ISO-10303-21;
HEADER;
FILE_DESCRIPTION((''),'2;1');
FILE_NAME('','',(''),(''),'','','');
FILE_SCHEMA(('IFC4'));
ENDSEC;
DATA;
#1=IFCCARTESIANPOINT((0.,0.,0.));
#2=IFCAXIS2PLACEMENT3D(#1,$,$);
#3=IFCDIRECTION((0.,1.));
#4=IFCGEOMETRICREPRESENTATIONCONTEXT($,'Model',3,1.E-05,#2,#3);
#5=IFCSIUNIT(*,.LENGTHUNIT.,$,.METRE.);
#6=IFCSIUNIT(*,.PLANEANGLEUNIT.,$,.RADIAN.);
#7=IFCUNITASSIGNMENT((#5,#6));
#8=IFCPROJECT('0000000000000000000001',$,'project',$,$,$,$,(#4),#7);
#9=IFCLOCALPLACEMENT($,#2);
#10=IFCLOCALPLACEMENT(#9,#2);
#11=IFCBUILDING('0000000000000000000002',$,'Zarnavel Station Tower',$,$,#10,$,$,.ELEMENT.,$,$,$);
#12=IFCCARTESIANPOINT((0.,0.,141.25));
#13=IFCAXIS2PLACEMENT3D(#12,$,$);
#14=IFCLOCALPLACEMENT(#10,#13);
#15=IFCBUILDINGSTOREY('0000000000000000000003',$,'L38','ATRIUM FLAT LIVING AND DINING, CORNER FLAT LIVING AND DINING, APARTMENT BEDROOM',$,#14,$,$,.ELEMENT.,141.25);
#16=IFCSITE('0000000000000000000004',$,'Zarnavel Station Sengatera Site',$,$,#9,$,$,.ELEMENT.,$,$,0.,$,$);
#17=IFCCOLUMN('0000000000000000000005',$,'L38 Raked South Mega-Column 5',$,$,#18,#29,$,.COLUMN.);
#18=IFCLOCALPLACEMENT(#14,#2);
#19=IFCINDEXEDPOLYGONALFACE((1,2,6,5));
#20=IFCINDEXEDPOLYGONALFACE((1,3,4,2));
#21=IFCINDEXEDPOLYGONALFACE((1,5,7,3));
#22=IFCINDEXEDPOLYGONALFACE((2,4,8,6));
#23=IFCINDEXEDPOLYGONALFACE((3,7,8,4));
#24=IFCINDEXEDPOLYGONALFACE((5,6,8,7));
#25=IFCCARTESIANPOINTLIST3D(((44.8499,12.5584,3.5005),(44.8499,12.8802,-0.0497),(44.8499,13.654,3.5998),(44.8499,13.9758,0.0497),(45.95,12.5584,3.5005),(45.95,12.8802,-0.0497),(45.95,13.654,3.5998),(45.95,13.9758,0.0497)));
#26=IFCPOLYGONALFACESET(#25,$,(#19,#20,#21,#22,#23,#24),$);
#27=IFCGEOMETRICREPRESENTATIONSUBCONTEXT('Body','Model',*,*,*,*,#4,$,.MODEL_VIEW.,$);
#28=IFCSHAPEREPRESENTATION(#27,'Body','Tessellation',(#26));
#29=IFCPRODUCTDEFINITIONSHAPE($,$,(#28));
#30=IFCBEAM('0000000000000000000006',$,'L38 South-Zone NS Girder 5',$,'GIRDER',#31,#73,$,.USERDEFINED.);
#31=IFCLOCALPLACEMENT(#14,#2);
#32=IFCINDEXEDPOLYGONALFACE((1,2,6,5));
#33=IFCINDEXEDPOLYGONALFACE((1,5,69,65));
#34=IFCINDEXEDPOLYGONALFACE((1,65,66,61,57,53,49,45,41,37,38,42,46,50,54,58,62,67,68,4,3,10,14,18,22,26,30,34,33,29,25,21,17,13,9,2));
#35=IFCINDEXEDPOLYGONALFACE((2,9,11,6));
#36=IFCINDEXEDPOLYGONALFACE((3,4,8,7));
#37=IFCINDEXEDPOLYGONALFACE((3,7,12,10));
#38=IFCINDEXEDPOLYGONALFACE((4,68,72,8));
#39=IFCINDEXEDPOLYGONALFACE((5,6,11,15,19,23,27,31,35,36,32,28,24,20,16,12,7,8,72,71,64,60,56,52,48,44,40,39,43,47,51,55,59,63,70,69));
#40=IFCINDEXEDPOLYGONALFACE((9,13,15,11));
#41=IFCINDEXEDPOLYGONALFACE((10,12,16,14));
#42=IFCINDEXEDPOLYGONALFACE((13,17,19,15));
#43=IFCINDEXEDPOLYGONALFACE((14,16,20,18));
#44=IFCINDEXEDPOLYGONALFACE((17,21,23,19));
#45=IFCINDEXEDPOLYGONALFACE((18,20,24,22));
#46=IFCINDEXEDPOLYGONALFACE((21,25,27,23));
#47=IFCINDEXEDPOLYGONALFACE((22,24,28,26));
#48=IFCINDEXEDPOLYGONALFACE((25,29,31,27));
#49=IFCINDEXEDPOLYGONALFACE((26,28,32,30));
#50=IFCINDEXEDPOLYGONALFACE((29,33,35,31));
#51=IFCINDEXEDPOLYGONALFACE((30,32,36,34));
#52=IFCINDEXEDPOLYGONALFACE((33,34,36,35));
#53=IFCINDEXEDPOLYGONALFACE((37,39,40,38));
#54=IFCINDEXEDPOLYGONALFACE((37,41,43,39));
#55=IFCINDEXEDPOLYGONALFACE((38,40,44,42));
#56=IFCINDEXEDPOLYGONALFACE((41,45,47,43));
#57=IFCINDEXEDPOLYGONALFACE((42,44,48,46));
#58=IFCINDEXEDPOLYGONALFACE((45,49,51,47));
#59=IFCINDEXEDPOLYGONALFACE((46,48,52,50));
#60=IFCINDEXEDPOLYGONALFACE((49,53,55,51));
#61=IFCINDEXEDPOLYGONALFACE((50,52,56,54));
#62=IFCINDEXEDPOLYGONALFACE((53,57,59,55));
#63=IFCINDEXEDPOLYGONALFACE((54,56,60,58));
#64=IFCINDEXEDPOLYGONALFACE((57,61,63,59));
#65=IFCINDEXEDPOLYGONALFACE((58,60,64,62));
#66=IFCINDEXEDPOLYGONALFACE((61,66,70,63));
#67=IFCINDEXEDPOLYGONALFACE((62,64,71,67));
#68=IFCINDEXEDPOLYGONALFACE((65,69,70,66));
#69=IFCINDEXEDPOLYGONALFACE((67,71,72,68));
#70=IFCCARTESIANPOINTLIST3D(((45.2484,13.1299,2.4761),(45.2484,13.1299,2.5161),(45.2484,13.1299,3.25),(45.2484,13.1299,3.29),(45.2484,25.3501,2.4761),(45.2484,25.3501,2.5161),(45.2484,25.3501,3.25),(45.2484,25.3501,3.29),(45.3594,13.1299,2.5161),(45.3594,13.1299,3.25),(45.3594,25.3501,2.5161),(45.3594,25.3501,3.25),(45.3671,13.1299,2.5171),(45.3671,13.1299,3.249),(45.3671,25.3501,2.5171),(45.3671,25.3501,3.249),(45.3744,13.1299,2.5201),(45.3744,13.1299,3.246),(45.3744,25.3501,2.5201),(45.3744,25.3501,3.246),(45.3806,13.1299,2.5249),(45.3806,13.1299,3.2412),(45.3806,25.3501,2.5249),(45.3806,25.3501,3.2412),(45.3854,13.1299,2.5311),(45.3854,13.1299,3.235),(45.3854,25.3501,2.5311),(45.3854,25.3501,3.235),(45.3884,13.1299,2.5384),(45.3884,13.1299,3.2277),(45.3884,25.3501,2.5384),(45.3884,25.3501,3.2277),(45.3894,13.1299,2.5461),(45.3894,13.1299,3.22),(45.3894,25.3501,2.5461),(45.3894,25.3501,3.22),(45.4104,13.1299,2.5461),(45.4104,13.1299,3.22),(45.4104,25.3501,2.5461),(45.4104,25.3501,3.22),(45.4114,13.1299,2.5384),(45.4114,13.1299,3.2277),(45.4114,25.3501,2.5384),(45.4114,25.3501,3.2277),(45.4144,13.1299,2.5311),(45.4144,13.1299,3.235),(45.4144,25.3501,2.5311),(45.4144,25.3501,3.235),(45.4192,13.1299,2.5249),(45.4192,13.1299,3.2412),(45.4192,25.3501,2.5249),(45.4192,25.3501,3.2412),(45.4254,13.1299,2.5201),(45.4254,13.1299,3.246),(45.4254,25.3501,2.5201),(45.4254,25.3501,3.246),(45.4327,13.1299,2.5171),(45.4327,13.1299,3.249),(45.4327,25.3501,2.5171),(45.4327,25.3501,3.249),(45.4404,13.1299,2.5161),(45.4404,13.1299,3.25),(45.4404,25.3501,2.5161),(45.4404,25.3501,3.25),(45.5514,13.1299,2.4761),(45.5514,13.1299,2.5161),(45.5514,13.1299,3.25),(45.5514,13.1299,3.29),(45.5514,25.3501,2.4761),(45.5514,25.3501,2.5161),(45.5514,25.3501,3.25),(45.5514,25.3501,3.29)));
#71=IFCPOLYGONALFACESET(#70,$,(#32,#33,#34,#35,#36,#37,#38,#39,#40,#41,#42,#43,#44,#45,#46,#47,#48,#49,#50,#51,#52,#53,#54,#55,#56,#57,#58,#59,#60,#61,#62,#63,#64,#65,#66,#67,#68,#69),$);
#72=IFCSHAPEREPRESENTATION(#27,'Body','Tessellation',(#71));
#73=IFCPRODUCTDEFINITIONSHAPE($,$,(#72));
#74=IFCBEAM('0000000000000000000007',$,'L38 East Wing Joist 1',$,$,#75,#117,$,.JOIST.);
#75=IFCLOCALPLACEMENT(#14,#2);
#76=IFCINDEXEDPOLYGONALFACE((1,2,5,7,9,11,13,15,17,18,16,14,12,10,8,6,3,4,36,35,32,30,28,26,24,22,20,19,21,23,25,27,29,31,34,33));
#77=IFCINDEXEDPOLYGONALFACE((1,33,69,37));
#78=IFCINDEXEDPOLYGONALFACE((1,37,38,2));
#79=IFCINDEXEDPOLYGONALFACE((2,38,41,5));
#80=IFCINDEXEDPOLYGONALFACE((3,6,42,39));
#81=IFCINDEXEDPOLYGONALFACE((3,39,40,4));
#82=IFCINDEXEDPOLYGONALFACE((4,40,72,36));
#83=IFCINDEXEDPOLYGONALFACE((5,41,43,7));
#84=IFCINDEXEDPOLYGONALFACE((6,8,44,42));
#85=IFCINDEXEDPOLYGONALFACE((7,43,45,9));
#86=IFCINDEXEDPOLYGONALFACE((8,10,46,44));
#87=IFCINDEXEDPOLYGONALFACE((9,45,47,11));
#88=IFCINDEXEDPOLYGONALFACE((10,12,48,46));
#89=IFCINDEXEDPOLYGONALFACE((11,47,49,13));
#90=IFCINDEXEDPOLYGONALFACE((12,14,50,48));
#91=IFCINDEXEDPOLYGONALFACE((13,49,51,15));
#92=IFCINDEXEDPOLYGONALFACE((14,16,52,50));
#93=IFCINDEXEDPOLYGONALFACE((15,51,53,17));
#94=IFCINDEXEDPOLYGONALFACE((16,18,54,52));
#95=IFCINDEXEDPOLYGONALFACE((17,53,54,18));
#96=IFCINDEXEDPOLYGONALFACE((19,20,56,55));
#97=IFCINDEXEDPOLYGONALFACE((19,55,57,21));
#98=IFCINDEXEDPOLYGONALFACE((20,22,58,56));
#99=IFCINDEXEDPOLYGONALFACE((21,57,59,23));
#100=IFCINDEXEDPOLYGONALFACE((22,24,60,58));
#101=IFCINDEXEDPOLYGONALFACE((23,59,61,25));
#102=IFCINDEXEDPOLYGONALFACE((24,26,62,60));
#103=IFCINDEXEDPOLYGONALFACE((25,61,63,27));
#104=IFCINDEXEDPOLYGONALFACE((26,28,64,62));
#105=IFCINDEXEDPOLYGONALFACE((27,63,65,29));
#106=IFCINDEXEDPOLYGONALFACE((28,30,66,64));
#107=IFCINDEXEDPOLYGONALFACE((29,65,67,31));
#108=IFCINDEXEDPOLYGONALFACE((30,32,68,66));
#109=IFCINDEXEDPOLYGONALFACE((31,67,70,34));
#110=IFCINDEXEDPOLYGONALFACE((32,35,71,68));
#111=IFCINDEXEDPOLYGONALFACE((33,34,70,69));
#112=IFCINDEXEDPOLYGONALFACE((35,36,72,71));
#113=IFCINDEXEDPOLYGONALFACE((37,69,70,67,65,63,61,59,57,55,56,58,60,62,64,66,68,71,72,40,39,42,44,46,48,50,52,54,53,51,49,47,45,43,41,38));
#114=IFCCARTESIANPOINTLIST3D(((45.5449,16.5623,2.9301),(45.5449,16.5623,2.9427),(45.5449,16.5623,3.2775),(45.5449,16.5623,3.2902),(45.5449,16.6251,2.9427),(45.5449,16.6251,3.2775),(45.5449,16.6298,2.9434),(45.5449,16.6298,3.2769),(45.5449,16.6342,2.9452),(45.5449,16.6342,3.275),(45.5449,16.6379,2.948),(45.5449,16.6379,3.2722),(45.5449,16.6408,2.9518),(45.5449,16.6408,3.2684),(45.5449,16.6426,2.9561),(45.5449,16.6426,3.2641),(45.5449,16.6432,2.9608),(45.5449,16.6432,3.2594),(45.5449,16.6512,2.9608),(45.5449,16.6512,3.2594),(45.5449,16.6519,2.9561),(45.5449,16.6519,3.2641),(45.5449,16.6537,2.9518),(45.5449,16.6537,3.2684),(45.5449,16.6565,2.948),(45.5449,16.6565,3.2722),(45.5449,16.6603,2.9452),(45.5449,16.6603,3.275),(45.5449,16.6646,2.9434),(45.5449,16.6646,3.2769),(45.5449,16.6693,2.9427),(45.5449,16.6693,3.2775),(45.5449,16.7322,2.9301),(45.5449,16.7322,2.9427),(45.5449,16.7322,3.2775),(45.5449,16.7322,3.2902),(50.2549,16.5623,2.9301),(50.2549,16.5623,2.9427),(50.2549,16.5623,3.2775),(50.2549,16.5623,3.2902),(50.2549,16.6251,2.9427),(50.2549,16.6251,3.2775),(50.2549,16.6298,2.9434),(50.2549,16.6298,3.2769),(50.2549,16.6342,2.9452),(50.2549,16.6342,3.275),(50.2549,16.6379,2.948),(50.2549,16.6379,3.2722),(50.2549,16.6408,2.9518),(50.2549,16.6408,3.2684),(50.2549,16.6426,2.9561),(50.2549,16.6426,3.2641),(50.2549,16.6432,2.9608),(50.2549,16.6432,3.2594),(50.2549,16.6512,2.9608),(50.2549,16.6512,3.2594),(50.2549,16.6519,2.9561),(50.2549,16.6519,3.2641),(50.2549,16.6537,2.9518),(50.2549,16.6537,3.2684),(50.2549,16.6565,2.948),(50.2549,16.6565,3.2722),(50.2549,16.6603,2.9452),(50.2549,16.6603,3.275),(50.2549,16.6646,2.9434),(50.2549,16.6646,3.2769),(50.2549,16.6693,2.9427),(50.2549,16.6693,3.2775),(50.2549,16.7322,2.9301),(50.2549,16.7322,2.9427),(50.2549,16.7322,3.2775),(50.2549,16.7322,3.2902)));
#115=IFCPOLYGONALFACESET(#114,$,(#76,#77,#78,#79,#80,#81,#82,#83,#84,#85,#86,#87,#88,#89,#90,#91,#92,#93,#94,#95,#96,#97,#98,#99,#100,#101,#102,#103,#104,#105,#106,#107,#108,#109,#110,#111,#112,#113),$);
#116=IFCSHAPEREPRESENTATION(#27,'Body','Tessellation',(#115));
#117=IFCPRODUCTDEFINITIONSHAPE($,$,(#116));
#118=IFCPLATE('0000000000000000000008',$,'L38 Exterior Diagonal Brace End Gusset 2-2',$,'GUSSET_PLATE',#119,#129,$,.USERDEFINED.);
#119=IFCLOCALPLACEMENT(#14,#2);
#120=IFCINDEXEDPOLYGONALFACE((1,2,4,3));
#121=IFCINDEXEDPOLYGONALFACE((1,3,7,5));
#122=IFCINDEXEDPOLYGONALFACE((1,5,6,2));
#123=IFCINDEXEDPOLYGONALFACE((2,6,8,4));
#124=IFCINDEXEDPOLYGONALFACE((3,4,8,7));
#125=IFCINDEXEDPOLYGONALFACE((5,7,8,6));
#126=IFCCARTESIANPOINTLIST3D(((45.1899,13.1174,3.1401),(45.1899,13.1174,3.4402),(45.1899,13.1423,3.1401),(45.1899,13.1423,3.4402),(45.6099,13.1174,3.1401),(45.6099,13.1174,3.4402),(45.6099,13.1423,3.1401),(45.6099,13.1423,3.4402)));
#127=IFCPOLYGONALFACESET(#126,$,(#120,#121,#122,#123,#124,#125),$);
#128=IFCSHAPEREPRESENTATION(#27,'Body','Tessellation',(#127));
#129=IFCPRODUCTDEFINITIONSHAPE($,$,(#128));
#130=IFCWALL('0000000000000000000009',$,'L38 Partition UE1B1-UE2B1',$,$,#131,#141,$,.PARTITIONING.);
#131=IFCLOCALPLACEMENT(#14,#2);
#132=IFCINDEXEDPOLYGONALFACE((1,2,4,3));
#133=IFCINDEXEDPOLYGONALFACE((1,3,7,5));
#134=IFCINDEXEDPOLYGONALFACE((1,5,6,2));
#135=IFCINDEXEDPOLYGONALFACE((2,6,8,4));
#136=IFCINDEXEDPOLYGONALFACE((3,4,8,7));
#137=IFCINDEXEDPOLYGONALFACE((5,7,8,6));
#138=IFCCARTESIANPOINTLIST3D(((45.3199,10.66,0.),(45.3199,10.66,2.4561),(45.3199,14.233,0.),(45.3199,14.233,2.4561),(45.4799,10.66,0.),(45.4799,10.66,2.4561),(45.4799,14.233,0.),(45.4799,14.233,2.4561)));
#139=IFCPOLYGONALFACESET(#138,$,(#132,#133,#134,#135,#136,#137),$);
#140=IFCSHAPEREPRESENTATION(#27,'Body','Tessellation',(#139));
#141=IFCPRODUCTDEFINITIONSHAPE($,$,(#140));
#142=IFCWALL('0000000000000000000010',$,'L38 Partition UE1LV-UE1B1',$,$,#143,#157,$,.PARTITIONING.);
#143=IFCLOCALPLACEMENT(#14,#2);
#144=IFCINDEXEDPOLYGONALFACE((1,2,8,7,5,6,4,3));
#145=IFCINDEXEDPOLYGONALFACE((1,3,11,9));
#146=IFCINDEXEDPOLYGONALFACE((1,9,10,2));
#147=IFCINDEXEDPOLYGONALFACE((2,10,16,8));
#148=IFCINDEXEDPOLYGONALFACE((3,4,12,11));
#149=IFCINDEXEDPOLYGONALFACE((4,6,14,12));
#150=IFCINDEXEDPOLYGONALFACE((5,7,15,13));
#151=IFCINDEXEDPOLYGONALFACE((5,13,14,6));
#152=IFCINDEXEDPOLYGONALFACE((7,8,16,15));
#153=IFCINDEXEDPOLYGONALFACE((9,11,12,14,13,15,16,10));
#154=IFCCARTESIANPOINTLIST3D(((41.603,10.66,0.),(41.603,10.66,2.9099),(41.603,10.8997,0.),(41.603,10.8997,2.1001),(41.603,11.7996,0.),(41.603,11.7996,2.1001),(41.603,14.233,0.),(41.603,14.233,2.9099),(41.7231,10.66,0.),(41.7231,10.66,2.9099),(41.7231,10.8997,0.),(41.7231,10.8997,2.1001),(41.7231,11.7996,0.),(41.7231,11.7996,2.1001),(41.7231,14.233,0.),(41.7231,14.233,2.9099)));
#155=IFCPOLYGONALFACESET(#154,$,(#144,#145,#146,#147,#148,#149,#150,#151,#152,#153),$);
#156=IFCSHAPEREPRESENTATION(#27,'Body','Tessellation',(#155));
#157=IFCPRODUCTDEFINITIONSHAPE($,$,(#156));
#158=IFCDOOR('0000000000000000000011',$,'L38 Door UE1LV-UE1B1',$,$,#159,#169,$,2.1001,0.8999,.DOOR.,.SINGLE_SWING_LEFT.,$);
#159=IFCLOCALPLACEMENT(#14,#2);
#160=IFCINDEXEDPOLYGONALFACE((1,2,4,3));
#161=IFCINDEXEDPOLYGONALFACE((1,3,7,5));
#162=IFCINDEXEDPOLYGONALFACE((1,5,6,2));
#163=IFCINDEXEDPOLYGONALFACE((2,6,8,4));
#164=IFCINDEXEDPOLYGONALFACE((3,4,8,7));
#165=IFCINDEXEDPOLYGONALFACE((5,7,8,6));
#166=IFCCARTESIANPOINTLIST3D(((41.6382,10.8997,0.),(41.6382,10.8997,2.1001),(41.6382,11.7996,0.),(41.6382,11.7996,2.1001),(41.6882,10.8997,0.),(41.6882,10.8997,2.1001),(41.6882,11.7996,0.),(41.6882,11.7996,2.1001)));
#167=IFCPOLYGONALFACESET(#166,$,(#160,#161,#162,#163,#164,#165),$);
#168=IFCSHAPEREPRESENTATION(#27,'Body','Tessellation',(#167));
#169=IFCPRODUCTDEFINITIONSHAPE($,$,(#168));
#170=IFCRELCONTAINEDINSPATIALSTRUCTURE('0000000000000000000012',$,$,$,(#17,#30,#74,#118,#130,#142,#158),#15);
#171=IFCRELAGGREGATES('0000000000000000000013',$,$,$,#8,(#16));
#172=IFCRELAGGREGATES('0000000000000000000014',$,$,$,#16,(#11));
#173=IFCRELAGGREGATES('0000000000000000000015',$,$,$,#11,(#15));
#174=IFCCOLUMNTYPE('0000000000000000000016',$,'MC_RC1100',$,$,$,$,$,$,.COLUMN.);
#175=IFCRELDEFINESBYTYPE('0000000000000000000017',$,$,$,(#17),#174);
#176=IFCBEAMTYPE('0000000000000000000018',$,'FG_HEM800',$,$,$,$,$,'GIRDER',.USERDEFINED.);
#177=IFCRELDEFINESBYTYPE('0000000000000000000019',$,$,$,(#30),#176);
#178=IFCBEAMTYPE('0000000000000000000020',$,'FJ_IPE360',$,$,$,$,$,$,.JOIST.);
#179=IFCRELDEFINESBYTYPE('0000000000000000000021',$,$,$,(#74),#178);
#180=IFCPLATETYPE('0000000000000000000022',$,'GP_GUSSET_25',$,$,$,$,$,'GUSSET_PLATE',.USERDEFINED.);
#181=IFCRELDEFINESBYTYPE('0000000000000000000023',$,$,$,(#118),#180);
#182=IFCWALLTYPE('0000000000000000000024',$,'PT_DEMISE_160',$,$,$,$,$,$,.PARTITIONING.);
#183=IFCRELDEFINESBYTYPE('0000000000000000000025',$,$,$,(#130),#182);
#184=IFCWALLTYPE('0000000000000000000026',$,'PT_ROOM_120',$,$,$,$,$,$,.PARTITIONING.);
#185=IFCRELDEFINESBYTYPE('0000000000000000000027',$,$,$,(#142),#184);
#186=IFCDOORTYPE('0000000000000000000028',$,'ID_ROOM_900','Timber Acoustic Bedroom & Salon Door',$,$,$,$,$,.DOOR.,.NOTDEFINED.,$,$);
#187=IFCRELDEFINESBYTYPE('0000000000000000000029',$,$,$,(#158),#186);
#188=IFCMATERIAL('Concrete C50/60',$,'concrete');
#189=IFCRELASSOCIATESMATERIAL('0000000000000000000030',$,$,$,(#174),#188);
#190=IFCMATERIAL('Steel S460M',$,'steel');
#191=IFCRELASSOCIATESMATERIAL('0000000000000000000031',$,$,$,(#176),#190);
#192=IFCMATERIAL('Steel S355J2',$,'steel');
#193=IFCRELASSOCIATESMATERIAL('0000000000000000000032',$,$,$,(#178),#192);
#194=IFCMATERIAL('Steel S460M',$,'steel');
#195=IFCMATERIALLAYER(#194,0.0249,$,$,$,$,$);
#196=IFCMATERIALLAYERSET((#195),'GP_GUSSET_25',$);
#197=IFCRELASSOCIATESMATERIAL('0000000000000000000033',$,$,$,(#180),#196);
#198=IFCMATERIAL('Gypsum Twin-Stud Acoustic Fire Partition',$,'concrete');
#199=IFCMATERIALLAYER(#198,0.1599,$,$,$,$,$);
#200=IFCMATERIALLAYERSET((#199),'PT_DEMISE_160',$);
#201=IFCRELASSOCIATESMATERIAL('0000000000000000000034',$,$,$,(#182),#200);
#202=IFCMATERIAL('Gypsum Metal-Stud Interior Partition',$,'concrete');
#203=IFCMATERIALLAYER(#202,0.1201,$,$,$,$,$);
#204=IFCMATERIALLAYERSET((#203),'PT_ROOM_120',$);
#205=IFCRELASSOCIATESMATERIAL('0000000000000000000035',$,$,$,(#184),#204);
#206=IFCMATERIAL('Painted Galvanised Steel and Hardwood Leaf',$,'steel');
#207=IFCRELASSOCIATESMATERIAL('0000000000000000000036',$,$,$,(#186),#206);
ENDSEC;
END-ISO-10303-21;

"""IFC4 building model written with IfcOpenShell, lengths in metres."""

from ifc_helpers import new_model, si_unit, direction, frame, frame_2d, origin, origin_2d, place, context, subcontext, project, spatial, rectangle, i_section, extrude, material, layer, layer_set, material_profile, profile_set, type_object, element, fill, save


model = new_model("IFC4")

# Units and contexts
model_context = context("Model", 3, precision=1e-05, world=origin(), true_north=direction((0.0, 1.0)))
body_context = subcontext(model_context, "Body", "Model", "MODEL_VIEW")
ifc_project = project(units=[si_unit("LENGTHUNIT", "METRE"), si_unit("PLANEANGLEUNIT", "RADIAN")], contexts=[model_context])

# Site, building, storey
site_placement = place(None, origin())
site = spatial("IfcSite", under=ifc_project, at=site_placement, Name="Zarnavel Station Sengatera Site", CompositionType="ELEMENT", RefElevation=0.0)
building_placement = place(site_placement, origin())
building = spatial("IfcBuilding", under=site, at=building_placement, Name="Zarnavel Station Tower", CompositionType="ELEMENT")
storey_placement = place(building_placement, frame((0.0, 0.0, 141.25)))
storey = spatial("IfcBuildingStorey", under=building, at=storey_placement, Name="L38", Description="ATRIUM FLAT LIVING AND DINING, CORNER FLAT LIVING AND DINING, APARTMENT BEDROOM", CompositionType="ELEMENT", Elevation=141.25)

# Column
ifc_material_1 = material(Name="Concrete C50/60", Category="concrete")
ifc_material_profile_1 = material_profile(ifc_material_1, rectangle(XDim=1.1001, YDim=1.1001, at=origin_2d()), Name="RC1100x1100")
ifc_profile_set_1 = profile_set([ifc_material_profile_1], Name="Concrete C50/60")
column_type = type_object("IfcColumnType", Name="MC_RC1100", PredefinedType="COLUMN", material=ifc_profile_set_1)
column_placement = place(storey_placement, frame((45.3999, 13.428, 0.0), z_axis=(0.0, -0.09027, 0.995917), x_axis=(1.0, 0.0, 0.0)))
element("IfcColumn", 1, at=column_placement, inside=storey, type_object=column_type, Name="L38 Raked South Mega-Column 5", PredefinedType="COLUMN", context=body_context, shape_type="SweptSolid", body=[
    extrude(rectangle(XDim=1.1001, YDim=1.1001, at=origin_2d()), origin(), (0.0, 0.0, 1.0), 3.5647),
])

# Beams
ifc_material_2 = material(Name="Steel S460M", Category="steel")
ifc_material_profile_2 = material_profile(ifc_material_2, i_section(OverallWidth=0.303, OverallDepth=0.814, WebThickness=0.021, FlangeThickness=0.04, FilletRadius=0.03, at=origin_2d()), Name="HEM800")
ifc_profile_set_2 = profile_set([ifc_material_profile_2], Name="Steel S460M")
beam_type_1 = type_object("IfcBeamType", Name="FG_HEM800", ElementType="GIRDER", PredefinedType="USERDEFINED", material=ifc_profile_set_2)
beam_1_placement = place(storey_placement, frame((45.3999, 13.1299, 2.8831), z_axis=(0.0, 1.0, 0.0), x_axis=(-1.0, 0.0, 0.0)))
element("IfcBeam", 2, at=beam_1_placement, inside=storey, type_object=beam_type_1, Name="L38 South-Zone NS Girder 5", ObjectType="GIRDER", PredefinedType="USERDEFINED", context=body_context, shape_type="SweptSolid", body=[
    extrude(i_section(OverallWidth=0.303, OverallDepth=0.814, WebThickness=0.021, FlangeThickness=0.04, FilletRadius=0.03, at=origin_2d()), origin(), (0.0, 0.0, 1.0), 12.2202),
])
ifc_material_3 = material(Name="Steel S355J2", Category="steel")
ifc_material_profile_3 = material_profile(ifc_material_3, i_section(OverallWidth=0.1699, OverallDepth=0.3601, WebThickness=0.0081, FlangeThickness=0.0127, FilletRadius=0.0181, at=origin_2d()), Name="IPE360")
ifc_profile_set_3 = profile_set([ifc_material_profile_3], Name="Steel S355J2")
beam_type_2 = type_object("IfcBeamType", Name="FJ_IPE360", PredefinedType="JOIST", material=ifc_profile_set_3)
beam_2_placement = place(storey_placement, frame((45.5449, 16.6472, 3.1101), z_axis=(1.0, 0.0, 0.0), x_axis=(0.0, 1.0, 0.0)))
element("IfcBeam", 3, at=beam_2_placement, inside=storey, type_object=beam_type_2, Name="L38 East Wing Joist 1", PredefinedType="JOIST", context=body_context, shape_type="SweptSolid", body=[
    extrude(i_section(OverallWidth=0.1699, OverallDepth=0.3601, WebThickness=0.0081, FlangeThickness=0.0127, FilletRadius=0.0181, at=origin_2d()), origin(), (0.0, 0.0, 1.0), 4.71),
])

# Plate
ifc_material_4 = material(Name="Steel S460M", Category="steel")
ifc_layer_1 = layer(ifc_material_4, 0.0249)
ifc_layer_set_1 = layer_set([ifc_layer_1], Name="GP_GUSSET_25")
plate_type = type_object("IfcPlateType", Name="GP_GUSSET_25", ElementType="GUSSET_PLATE", PredefinedType="USERDEFINED", material=ifc_layer_set_1)
plate_placement = place(storey_placement, frame((45.3999, 13.1299, 3.1401), z_axis=(0.0, 0.0, 1.0), x_axis=(1.0, 0.0, 0.0)))
element("IfcPlate", 4, at=plate_placement, inside=storey, type_object=plate_type, Name="L38 Exterior Diagonal Brace End Gusset 2-2", ObjectType="GUSSET_PLATE", PredefinedType="USERDEFINED", context=body_context, shape_type="SweptSolid", body=[
    extrude(rectangle(XDim=0.4199, YDim=0.0249, at=origin_2d()), origin(), (0.0, 0.0, 1.0), 0.3),
])

# Wall
ifc_material_5 = material(Name="Gypsum Twin-Stud Acoustic Fire Partition", Category="concrete")
ifc_layer_2 = layer(ifc_material_5, 0.1599)
ifc_layer_set_2 = layer_set([ifc_layer_2], Name="PT_DEMISE_160")
wall_type_1 = type_object("IfcWallType", Name="PT_DEMISE_160", PredefinedType="PARTITIONING", material=ifc_layer_set_2)
wall_1_placement = place(storey_placement, frame((45.3999, 10.6599, 0.0), z_axis=(0.0, 0.0, 1.0), x_axis=(0.0, 1.0, 0.0)))
element("IfcWall", 5, at=wall_1_placement, inside=storey, type_object=wall_type_1, Name="L38 Partition UE1B1-UE2B1", PredefinedType="PARTITIONING", context=body_context, shape_type="SweptSolid", body=[
    extrude(rectangle(XDim=3.573, YDim=0.1599, at=frame_2d((1.7866, 0.0))), origin(), (0.0, 0.0, 1.0), 2.4561),
])

# Wall, opening, door
ifc_material_6 = material(Name="Gypsum Metal-Stud Interior Partition", Category="concrete")
ifc_layer_3 = layer(ifc_material_6, 0.1201)
ifc_layer_set_3 = layer_set([ifc_layer_3], Name="PT_ROOM_120")
wall_type_2 = type_object("IfcWallType", Name="PT_ROOM_120", PredefinedType="PARTITIONING", material=ifc_layer_set_3)
wall_2_placement = place(storey_placement, frame((41.6631, 10.6599, 0.0), z_axis=(0.0, 0.0, 1.0), x_axis=(0.0, 1.0, 0.0)))
wall_2 = element("IfcWall", 6, at=wall_2_placement, inside=storey, type_object=wall_type_2, Name="L38 Partition UE1LV-UE1B1", PredefinedType="PARTITIONING", context=body_context, shape_type="SweptSolid", body=[
    extrude(rectangle(XDim=3.573, YDim=0.1201, at=frame_2d((1.7866, 0.0))), origin(), (0.0, 0.0, 1.0), 2.9099),
])
opening_1_placement = place(wall_2_placement, frame((0.2397, 0.0, 0.0)))
opening_1 = element("IfcOpeningElement", 7, at=opening_1_placement, cuts=wall_2, PredefinedType="OPENING", context=body_context, shape_type="SweptSolid", body=[
    extrude(rectangle(XDim=0.8999, YDim=2.1001, at=frame_2d((0.45, 1.05))), frame((0.0, 0.0701, 0.0), z_axis=(0.0, -1.0, 0.0), x_axis=(1.0, 0.0, 0.0)), (0.0, 0.0, 1.0), 0.1401),
])
ifc_material_7 = material(Name="Painted Galvanised Steel and Hardwood Leaf", Category="steel")
door_type_1 = type_object("IfcDoorType", Name="ID_ROOM_900", Description="Timber Acoustic Bedroom & Salon Door", OperationType="NOTDEFINED", PredefinedType="DOOR", material=ifc_material_7)
door_1_placement = place(opening_1_placement, origin())
door_1 = element("IfcDoor", 8, at=door_1_placement, inside=storey, type_object=door_type_1, Name="L38 Door UE1LV-UE1B1", OperationType="SINGLE_SWING_LEFT", OverallHeight=2.1001, OverallWidth=0.8999, PredefinedType="DOOR", context=body_context, shape_type="SweptSolid", body=[
    extrude(rectangle(XDim=0.8999, YDim=2.1001, at=frame_2d((0.45, 1.05))), frame((0.0, 0.0249, 0.0), z_axis=(0.0, -1.0, 0.0), x_axis=(1.0, 0.0, 0.0)), (0.0, 0.0, 1.0), 0.05),
])
fill(opening_1, door_1)

save(model, "model.ifc")
